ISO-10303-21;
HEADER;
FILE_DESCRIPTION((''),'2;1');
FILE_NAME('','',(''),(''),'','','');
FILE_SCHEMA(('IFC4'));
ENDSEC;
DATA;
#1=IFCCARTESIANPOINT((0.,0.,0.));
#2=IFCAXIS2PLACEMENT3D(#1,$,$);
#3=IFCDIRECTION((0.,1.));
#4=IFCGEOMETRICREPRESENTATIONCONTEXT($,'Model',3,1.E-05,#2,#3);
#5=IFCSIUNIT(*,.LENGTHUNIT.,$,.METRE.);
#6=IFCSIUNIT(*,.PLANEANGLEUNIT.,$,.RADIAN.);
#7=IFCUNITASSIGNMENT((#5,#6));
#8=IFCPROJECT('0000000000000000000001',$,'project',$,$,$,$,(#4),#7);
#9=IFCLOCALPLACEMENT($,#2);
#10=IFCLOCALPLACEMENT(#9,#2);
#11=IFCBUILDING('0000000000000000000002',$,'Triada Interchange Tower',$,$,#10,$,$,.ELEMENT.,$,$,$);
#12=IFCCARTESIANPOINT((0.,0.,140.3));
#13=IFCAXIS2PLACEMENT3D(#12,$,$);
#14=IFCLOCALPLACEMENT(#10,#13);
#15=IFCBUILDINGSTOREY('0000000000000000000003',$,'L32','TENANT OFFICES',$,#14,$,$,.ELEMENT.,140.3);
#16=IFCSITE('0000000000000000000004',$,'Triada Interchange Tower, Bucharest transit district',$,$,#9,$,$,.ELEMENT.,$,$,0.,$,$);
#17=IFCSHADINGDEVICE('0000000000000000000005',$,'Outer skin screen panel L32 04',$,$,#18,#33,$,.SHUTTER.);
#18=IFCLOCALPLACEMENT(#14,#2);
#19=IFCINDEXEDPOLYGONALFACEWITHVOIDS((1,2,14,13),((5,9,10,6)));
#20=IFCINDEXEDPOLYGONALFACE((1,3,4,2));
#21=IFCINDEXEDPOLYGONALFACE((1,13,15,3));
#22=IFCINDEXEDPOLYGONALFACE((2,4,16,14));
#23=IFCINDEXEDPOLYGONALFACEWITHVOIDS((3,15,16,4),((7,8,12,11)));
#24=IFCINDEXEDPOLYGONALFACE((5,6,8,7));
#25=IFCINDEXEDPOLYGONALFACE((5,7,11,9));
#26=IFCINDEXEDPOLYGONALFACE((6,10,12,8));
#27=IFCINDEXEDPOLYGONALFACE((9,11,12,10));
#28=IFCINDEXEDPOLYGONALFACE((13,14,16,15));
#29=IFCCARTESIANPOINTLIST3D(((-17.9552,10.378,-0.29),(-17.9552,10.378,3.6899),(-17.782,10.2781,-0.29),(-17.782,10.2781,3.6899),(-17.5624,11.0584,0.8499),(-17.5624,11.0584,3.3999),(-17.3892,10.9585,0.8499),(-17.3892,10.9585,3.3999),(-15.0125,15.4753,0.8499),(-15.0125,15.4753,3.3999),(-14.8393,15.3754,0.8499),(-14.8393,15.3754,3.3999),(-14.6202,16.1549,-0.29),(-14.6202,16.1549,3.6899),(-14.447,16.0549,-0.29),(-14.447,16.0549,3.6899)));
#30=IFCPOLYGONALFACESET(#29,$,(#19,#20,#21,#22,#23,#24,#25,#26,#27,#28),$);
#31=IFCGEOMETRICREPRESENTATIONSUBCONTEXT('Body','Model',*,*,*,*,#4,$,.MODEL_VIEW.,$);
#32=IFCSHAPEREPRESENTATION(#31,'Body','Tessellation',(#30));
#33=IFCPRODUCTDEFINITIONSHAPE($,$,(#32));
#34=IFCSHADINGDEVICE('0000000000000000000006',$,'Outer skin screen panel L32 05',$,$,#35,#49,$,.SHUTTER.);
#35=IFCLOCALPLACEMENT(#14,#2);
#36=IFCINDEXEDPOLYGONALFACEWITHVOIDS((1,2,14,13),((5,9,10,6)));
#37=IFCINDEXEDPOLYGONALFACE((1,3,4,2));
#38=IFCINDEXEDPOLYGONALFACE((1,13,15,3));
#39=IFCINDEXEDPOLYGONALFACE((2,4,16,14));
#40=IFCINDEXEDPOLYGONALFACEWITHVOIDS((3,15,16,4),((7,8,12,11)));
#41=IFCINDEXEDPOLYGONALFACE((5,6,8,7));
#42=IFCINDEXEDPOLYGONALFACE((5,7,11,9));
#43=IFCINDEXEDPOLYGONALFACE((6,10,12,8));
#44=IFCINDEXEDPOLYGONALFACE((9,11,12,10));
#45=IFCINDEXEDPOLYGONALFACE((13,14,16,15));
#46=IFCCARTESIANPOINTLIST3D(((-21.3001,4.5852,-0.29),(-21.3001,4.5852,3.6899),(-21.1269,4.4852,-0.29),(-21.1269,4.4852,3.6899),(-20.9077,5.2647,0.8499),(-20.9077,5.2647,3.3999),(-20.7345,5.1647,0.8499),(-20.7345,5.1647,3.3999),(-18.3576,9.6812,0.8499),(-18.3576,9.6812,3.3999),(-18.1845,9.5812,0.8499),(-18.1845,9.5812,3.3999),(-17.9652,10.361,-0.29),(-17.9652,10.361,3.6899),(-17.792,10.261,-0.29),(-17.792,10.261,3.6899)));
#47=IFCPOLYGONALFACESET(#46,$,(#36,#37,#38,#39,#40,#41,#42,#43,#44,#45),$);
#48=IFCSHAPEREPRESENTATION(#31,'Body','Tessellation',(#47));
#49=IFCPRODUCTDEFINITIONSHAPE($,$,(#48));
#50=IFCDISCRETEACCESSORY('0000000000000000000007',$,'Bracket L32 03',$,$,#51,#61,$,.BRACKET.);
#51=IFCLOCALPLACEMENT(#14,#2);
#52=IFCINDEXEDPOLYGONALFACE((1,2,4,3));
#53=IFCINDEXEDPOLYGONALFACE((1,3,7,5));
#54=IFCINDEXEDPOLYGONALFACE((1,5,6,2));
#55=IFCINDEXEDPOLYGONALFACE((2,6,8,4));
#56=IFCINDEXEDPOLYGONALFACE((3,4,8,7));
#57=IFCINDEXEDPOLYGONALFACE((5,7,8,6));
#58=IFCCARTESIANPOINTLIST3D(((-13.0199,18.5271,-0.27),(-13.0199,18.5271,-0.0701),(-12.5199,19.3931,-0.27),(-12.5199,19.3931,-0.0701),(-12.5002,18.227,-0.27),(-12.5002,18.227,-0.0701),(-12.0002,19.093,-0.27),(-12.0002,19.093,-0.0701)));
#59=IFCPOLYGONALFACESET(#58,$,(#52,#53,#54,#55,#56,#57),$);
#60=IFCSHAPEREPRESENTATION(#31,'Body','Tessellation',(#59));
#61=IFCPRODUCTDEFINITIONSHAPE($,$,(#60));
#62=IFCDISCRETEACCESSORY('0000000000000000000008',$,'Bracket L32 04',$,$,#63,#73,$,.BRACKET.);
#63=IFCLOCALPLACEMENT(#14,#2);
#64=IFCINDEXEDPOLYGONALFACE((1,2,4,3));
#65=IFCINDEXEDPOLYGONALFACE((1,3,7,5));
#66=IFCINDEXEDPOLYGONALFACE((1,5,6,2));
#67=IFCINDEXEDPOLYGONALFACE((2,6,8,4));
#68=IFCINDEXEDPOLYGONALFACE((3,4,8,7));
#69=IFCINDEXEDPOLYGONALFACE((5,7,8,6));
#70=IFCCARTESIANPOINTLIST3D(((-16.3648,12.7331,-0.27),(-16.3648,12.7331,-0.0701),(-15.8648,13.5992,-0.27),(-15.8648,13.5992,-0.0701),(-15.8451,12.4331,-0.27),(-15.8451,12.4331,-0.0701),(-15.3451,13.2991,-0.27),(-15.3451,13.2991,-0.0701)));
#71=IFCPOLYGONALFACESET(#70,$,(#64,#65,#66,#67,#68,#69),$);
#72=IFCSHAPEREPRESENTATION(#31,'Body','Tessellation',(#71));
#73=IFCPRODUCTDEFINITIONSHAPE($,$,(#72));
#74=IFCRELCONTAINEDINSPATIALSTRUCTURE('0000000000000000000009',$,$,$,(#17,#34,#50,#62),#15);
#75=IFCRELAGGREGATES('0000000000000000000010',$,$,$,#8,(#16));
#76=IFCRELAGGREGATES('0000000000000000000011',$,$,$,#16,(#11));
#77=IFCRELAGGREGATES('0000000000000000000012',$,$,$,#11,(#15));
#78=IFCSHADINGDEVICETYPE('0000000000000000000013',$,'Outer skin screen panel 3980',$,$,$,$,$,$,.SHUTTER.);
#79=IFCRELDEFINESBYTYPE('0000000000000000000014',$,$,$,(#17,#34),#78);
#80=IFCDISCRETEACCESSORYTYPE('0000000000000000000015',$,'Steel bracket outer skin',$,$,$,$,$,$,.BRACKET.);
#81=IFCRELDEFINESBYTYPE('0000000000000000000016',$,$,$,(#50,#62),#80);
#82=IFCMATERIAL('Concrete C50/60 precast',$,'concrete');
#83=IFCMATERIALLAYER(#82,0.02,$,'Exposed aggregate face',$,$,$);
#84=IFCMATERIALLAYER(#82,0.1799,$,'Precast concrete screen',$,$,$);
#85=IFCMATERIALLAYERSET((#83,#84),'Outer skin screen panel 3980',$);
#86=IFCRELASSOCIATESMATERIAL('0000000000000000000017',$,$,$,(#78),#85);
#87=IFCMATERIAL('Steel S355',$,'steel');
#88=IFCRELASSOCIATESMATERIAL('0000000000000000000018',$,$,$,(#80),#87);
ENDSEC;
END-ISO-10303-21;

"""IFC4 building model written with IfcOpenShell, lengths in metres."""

from ifc_helpers import new_model, si_unit, direction, frame, origin, origin_2d, place, context, subcontext, project, spatial, polyline, rectangle, outline, extrude, material, layer, layer_set, type_object, element, save


model = new_model("IFC4")

# Units and contexts
model_context = context("Model", 3, precision=1e-05, world=origin(), true_north=direction((0.0, 1.0)))
body_context = subcontext(model_context, "Body", "Model", "MODEL_VIEW")
ifc_project = project(units=[si_unit("LENGTHUNIT", "METRE"), si_unit("PLANEANGLEUNIT", "RADIAN")], contexts=[model_context])

# Site, building, storey
site_placement = place(None, origin())
site = spatial("IfcSite", under=ifc_project, at=site_placement, Name="Triada Interchange Tower, Bucharest transit district", CompositionType="ELEMENT", RefElevation=0.0)
building_placement = place(site_placement, origin())
building = spatial("IfcBuilding", under=site, at=building_placement, Name="Triada Interchange Tower", CompositionType="ELEMENT")
storey_placement = place(building_placement, frame((0.0, 0.0, 140.3)))
storey = spatial("IfcBuildingStorey", under=building, at=storey_placement, Name="L32", Description="TENANT OFFICES", CompositionType="ELEMENT", Elevation=140.3)

# Shading devices
ifc_material_1 = material(Name="Concrete C50/60 precast", Category="concrete")
ifc_layer_1 = layer(ifc_material_1, 0.02, Name="Exposed aggregate face")
ifc_layer_2 = layer(ifc_material_1, 0.1799, Name="Precast concrete screen")
ifc_layer_set_1 = layer_set([ifc_layer_1, ifc_layer_2], Name="Outer skin screen panel 3980")
shading_device_type = type_object("IfcShadingDeviceType", Name="Outer skin screen panel 3980", PredefinedType="SHUTTER", material=ifc_layer_set_1)
shading_device_1_placement = place(storey_placement, frame((-14.447, 16.0549, -0.29), z_axis=(0.0, 0.0, 1.0), x_axis=(-0.499965, -0.866045, 0.0)))
element("IfcShadingDevice", 1, at=shading_device_1_placement, inside=storey, type_object=shading_device_type, Name="Outer skin screen panel L32 04", PredefinedType="SHUTTER", context=body_context, shape_type="SweptSolid", body=[
    extrude(outline(polyline([(0.0, 0.0), (6.6704, 0.0), (6.6704, 3.98), (0.0, 3.98), (0.0, 0.0)]), holes=[polyline([(0.7847, 1.1399), (0.7847, 3.6899), (5.8848, 3.6899), (5.8848, 1.1399), (0.7847, 1.1399)])]), frame((0.0, 0.0, 0.0), z_axis=(0.0, -1.0, 0.0), x_axis=(1.0, 0.0, 0.0)), (0.0, 0.0, 1.0), 0.2),
])
shading_device_2_placement = place(storey_placement, frame((-17.792, 10.261, -0.29), z_axis=(0.0, 0.0, 1.0), x_axis=(-0.500029, -0.866009, 0.0)))
element("IfcShadingDevice", 2, at=shading_device_2_placement, inside=storey, type_object=shading_device_type, Name="Outer skin screen panel L32 05", PredefinedType="SHUTTER", context=body_context, shape_type="SweptSolid", body=[
    extrude(outline(polyline([(0.0, 0.0), (6.6694, 0.0), (6.6694, 3.98), (0.0, 3.98), (0.0, 0.0)]), holes=[polyline([(0.7849, 1.1399), (0.7849, 3.6899), (5.8848, 3.6899), (5.8848, 1.1399), (0.7849, 1.1399)])]), frame((0.0, 0.0, 0.0), z_axis=(0.0, -1.0, 0.0), x_axis=(1.0, 0.0, 0.0)), (0.0, 0.0, 1.0), 0.2),
])

# Discrete accessories
ifc_material_2 = material(Name="Steel S355", Category="steel")
discrete_accessory_type = type_object("IfcDiscreteAccessoryType", Name="Steel bracket outer skin", PredefinedType="BRACKET", material=ifc_material_2)
for number, where, z_axis, x_axis, name in (
    (3, (-12.51, 18.8101, -0.27), (0.0, 0.0, 1.0), (-0.866021, 0.500007, 0.0), "Bracket L32 03"),
    (4, (-15.855, 13.0161, -0.27), (0.0, 0.0, 1.0), (-0.866021, 0.500007, 0.0), "Bracket L32 04"),
):
    element("IfcDiscreteAccessory", number, at=place(storey_placement, frame(where, z_axis=z_axis, x_axis=x_axis)), inside=storey, type_object=discrete_accessory_type, Name=name, PredefinedType="BRACKET", context=body_context, shape_type="SweptSolid", body=[
        extrude(rectangle(XDim=0.6001, YDim=1.0, at=origin_2d()), origin(), (0.0, 0.0, 1.0), 0.2),
    ])

save(model, "model.ifc")
